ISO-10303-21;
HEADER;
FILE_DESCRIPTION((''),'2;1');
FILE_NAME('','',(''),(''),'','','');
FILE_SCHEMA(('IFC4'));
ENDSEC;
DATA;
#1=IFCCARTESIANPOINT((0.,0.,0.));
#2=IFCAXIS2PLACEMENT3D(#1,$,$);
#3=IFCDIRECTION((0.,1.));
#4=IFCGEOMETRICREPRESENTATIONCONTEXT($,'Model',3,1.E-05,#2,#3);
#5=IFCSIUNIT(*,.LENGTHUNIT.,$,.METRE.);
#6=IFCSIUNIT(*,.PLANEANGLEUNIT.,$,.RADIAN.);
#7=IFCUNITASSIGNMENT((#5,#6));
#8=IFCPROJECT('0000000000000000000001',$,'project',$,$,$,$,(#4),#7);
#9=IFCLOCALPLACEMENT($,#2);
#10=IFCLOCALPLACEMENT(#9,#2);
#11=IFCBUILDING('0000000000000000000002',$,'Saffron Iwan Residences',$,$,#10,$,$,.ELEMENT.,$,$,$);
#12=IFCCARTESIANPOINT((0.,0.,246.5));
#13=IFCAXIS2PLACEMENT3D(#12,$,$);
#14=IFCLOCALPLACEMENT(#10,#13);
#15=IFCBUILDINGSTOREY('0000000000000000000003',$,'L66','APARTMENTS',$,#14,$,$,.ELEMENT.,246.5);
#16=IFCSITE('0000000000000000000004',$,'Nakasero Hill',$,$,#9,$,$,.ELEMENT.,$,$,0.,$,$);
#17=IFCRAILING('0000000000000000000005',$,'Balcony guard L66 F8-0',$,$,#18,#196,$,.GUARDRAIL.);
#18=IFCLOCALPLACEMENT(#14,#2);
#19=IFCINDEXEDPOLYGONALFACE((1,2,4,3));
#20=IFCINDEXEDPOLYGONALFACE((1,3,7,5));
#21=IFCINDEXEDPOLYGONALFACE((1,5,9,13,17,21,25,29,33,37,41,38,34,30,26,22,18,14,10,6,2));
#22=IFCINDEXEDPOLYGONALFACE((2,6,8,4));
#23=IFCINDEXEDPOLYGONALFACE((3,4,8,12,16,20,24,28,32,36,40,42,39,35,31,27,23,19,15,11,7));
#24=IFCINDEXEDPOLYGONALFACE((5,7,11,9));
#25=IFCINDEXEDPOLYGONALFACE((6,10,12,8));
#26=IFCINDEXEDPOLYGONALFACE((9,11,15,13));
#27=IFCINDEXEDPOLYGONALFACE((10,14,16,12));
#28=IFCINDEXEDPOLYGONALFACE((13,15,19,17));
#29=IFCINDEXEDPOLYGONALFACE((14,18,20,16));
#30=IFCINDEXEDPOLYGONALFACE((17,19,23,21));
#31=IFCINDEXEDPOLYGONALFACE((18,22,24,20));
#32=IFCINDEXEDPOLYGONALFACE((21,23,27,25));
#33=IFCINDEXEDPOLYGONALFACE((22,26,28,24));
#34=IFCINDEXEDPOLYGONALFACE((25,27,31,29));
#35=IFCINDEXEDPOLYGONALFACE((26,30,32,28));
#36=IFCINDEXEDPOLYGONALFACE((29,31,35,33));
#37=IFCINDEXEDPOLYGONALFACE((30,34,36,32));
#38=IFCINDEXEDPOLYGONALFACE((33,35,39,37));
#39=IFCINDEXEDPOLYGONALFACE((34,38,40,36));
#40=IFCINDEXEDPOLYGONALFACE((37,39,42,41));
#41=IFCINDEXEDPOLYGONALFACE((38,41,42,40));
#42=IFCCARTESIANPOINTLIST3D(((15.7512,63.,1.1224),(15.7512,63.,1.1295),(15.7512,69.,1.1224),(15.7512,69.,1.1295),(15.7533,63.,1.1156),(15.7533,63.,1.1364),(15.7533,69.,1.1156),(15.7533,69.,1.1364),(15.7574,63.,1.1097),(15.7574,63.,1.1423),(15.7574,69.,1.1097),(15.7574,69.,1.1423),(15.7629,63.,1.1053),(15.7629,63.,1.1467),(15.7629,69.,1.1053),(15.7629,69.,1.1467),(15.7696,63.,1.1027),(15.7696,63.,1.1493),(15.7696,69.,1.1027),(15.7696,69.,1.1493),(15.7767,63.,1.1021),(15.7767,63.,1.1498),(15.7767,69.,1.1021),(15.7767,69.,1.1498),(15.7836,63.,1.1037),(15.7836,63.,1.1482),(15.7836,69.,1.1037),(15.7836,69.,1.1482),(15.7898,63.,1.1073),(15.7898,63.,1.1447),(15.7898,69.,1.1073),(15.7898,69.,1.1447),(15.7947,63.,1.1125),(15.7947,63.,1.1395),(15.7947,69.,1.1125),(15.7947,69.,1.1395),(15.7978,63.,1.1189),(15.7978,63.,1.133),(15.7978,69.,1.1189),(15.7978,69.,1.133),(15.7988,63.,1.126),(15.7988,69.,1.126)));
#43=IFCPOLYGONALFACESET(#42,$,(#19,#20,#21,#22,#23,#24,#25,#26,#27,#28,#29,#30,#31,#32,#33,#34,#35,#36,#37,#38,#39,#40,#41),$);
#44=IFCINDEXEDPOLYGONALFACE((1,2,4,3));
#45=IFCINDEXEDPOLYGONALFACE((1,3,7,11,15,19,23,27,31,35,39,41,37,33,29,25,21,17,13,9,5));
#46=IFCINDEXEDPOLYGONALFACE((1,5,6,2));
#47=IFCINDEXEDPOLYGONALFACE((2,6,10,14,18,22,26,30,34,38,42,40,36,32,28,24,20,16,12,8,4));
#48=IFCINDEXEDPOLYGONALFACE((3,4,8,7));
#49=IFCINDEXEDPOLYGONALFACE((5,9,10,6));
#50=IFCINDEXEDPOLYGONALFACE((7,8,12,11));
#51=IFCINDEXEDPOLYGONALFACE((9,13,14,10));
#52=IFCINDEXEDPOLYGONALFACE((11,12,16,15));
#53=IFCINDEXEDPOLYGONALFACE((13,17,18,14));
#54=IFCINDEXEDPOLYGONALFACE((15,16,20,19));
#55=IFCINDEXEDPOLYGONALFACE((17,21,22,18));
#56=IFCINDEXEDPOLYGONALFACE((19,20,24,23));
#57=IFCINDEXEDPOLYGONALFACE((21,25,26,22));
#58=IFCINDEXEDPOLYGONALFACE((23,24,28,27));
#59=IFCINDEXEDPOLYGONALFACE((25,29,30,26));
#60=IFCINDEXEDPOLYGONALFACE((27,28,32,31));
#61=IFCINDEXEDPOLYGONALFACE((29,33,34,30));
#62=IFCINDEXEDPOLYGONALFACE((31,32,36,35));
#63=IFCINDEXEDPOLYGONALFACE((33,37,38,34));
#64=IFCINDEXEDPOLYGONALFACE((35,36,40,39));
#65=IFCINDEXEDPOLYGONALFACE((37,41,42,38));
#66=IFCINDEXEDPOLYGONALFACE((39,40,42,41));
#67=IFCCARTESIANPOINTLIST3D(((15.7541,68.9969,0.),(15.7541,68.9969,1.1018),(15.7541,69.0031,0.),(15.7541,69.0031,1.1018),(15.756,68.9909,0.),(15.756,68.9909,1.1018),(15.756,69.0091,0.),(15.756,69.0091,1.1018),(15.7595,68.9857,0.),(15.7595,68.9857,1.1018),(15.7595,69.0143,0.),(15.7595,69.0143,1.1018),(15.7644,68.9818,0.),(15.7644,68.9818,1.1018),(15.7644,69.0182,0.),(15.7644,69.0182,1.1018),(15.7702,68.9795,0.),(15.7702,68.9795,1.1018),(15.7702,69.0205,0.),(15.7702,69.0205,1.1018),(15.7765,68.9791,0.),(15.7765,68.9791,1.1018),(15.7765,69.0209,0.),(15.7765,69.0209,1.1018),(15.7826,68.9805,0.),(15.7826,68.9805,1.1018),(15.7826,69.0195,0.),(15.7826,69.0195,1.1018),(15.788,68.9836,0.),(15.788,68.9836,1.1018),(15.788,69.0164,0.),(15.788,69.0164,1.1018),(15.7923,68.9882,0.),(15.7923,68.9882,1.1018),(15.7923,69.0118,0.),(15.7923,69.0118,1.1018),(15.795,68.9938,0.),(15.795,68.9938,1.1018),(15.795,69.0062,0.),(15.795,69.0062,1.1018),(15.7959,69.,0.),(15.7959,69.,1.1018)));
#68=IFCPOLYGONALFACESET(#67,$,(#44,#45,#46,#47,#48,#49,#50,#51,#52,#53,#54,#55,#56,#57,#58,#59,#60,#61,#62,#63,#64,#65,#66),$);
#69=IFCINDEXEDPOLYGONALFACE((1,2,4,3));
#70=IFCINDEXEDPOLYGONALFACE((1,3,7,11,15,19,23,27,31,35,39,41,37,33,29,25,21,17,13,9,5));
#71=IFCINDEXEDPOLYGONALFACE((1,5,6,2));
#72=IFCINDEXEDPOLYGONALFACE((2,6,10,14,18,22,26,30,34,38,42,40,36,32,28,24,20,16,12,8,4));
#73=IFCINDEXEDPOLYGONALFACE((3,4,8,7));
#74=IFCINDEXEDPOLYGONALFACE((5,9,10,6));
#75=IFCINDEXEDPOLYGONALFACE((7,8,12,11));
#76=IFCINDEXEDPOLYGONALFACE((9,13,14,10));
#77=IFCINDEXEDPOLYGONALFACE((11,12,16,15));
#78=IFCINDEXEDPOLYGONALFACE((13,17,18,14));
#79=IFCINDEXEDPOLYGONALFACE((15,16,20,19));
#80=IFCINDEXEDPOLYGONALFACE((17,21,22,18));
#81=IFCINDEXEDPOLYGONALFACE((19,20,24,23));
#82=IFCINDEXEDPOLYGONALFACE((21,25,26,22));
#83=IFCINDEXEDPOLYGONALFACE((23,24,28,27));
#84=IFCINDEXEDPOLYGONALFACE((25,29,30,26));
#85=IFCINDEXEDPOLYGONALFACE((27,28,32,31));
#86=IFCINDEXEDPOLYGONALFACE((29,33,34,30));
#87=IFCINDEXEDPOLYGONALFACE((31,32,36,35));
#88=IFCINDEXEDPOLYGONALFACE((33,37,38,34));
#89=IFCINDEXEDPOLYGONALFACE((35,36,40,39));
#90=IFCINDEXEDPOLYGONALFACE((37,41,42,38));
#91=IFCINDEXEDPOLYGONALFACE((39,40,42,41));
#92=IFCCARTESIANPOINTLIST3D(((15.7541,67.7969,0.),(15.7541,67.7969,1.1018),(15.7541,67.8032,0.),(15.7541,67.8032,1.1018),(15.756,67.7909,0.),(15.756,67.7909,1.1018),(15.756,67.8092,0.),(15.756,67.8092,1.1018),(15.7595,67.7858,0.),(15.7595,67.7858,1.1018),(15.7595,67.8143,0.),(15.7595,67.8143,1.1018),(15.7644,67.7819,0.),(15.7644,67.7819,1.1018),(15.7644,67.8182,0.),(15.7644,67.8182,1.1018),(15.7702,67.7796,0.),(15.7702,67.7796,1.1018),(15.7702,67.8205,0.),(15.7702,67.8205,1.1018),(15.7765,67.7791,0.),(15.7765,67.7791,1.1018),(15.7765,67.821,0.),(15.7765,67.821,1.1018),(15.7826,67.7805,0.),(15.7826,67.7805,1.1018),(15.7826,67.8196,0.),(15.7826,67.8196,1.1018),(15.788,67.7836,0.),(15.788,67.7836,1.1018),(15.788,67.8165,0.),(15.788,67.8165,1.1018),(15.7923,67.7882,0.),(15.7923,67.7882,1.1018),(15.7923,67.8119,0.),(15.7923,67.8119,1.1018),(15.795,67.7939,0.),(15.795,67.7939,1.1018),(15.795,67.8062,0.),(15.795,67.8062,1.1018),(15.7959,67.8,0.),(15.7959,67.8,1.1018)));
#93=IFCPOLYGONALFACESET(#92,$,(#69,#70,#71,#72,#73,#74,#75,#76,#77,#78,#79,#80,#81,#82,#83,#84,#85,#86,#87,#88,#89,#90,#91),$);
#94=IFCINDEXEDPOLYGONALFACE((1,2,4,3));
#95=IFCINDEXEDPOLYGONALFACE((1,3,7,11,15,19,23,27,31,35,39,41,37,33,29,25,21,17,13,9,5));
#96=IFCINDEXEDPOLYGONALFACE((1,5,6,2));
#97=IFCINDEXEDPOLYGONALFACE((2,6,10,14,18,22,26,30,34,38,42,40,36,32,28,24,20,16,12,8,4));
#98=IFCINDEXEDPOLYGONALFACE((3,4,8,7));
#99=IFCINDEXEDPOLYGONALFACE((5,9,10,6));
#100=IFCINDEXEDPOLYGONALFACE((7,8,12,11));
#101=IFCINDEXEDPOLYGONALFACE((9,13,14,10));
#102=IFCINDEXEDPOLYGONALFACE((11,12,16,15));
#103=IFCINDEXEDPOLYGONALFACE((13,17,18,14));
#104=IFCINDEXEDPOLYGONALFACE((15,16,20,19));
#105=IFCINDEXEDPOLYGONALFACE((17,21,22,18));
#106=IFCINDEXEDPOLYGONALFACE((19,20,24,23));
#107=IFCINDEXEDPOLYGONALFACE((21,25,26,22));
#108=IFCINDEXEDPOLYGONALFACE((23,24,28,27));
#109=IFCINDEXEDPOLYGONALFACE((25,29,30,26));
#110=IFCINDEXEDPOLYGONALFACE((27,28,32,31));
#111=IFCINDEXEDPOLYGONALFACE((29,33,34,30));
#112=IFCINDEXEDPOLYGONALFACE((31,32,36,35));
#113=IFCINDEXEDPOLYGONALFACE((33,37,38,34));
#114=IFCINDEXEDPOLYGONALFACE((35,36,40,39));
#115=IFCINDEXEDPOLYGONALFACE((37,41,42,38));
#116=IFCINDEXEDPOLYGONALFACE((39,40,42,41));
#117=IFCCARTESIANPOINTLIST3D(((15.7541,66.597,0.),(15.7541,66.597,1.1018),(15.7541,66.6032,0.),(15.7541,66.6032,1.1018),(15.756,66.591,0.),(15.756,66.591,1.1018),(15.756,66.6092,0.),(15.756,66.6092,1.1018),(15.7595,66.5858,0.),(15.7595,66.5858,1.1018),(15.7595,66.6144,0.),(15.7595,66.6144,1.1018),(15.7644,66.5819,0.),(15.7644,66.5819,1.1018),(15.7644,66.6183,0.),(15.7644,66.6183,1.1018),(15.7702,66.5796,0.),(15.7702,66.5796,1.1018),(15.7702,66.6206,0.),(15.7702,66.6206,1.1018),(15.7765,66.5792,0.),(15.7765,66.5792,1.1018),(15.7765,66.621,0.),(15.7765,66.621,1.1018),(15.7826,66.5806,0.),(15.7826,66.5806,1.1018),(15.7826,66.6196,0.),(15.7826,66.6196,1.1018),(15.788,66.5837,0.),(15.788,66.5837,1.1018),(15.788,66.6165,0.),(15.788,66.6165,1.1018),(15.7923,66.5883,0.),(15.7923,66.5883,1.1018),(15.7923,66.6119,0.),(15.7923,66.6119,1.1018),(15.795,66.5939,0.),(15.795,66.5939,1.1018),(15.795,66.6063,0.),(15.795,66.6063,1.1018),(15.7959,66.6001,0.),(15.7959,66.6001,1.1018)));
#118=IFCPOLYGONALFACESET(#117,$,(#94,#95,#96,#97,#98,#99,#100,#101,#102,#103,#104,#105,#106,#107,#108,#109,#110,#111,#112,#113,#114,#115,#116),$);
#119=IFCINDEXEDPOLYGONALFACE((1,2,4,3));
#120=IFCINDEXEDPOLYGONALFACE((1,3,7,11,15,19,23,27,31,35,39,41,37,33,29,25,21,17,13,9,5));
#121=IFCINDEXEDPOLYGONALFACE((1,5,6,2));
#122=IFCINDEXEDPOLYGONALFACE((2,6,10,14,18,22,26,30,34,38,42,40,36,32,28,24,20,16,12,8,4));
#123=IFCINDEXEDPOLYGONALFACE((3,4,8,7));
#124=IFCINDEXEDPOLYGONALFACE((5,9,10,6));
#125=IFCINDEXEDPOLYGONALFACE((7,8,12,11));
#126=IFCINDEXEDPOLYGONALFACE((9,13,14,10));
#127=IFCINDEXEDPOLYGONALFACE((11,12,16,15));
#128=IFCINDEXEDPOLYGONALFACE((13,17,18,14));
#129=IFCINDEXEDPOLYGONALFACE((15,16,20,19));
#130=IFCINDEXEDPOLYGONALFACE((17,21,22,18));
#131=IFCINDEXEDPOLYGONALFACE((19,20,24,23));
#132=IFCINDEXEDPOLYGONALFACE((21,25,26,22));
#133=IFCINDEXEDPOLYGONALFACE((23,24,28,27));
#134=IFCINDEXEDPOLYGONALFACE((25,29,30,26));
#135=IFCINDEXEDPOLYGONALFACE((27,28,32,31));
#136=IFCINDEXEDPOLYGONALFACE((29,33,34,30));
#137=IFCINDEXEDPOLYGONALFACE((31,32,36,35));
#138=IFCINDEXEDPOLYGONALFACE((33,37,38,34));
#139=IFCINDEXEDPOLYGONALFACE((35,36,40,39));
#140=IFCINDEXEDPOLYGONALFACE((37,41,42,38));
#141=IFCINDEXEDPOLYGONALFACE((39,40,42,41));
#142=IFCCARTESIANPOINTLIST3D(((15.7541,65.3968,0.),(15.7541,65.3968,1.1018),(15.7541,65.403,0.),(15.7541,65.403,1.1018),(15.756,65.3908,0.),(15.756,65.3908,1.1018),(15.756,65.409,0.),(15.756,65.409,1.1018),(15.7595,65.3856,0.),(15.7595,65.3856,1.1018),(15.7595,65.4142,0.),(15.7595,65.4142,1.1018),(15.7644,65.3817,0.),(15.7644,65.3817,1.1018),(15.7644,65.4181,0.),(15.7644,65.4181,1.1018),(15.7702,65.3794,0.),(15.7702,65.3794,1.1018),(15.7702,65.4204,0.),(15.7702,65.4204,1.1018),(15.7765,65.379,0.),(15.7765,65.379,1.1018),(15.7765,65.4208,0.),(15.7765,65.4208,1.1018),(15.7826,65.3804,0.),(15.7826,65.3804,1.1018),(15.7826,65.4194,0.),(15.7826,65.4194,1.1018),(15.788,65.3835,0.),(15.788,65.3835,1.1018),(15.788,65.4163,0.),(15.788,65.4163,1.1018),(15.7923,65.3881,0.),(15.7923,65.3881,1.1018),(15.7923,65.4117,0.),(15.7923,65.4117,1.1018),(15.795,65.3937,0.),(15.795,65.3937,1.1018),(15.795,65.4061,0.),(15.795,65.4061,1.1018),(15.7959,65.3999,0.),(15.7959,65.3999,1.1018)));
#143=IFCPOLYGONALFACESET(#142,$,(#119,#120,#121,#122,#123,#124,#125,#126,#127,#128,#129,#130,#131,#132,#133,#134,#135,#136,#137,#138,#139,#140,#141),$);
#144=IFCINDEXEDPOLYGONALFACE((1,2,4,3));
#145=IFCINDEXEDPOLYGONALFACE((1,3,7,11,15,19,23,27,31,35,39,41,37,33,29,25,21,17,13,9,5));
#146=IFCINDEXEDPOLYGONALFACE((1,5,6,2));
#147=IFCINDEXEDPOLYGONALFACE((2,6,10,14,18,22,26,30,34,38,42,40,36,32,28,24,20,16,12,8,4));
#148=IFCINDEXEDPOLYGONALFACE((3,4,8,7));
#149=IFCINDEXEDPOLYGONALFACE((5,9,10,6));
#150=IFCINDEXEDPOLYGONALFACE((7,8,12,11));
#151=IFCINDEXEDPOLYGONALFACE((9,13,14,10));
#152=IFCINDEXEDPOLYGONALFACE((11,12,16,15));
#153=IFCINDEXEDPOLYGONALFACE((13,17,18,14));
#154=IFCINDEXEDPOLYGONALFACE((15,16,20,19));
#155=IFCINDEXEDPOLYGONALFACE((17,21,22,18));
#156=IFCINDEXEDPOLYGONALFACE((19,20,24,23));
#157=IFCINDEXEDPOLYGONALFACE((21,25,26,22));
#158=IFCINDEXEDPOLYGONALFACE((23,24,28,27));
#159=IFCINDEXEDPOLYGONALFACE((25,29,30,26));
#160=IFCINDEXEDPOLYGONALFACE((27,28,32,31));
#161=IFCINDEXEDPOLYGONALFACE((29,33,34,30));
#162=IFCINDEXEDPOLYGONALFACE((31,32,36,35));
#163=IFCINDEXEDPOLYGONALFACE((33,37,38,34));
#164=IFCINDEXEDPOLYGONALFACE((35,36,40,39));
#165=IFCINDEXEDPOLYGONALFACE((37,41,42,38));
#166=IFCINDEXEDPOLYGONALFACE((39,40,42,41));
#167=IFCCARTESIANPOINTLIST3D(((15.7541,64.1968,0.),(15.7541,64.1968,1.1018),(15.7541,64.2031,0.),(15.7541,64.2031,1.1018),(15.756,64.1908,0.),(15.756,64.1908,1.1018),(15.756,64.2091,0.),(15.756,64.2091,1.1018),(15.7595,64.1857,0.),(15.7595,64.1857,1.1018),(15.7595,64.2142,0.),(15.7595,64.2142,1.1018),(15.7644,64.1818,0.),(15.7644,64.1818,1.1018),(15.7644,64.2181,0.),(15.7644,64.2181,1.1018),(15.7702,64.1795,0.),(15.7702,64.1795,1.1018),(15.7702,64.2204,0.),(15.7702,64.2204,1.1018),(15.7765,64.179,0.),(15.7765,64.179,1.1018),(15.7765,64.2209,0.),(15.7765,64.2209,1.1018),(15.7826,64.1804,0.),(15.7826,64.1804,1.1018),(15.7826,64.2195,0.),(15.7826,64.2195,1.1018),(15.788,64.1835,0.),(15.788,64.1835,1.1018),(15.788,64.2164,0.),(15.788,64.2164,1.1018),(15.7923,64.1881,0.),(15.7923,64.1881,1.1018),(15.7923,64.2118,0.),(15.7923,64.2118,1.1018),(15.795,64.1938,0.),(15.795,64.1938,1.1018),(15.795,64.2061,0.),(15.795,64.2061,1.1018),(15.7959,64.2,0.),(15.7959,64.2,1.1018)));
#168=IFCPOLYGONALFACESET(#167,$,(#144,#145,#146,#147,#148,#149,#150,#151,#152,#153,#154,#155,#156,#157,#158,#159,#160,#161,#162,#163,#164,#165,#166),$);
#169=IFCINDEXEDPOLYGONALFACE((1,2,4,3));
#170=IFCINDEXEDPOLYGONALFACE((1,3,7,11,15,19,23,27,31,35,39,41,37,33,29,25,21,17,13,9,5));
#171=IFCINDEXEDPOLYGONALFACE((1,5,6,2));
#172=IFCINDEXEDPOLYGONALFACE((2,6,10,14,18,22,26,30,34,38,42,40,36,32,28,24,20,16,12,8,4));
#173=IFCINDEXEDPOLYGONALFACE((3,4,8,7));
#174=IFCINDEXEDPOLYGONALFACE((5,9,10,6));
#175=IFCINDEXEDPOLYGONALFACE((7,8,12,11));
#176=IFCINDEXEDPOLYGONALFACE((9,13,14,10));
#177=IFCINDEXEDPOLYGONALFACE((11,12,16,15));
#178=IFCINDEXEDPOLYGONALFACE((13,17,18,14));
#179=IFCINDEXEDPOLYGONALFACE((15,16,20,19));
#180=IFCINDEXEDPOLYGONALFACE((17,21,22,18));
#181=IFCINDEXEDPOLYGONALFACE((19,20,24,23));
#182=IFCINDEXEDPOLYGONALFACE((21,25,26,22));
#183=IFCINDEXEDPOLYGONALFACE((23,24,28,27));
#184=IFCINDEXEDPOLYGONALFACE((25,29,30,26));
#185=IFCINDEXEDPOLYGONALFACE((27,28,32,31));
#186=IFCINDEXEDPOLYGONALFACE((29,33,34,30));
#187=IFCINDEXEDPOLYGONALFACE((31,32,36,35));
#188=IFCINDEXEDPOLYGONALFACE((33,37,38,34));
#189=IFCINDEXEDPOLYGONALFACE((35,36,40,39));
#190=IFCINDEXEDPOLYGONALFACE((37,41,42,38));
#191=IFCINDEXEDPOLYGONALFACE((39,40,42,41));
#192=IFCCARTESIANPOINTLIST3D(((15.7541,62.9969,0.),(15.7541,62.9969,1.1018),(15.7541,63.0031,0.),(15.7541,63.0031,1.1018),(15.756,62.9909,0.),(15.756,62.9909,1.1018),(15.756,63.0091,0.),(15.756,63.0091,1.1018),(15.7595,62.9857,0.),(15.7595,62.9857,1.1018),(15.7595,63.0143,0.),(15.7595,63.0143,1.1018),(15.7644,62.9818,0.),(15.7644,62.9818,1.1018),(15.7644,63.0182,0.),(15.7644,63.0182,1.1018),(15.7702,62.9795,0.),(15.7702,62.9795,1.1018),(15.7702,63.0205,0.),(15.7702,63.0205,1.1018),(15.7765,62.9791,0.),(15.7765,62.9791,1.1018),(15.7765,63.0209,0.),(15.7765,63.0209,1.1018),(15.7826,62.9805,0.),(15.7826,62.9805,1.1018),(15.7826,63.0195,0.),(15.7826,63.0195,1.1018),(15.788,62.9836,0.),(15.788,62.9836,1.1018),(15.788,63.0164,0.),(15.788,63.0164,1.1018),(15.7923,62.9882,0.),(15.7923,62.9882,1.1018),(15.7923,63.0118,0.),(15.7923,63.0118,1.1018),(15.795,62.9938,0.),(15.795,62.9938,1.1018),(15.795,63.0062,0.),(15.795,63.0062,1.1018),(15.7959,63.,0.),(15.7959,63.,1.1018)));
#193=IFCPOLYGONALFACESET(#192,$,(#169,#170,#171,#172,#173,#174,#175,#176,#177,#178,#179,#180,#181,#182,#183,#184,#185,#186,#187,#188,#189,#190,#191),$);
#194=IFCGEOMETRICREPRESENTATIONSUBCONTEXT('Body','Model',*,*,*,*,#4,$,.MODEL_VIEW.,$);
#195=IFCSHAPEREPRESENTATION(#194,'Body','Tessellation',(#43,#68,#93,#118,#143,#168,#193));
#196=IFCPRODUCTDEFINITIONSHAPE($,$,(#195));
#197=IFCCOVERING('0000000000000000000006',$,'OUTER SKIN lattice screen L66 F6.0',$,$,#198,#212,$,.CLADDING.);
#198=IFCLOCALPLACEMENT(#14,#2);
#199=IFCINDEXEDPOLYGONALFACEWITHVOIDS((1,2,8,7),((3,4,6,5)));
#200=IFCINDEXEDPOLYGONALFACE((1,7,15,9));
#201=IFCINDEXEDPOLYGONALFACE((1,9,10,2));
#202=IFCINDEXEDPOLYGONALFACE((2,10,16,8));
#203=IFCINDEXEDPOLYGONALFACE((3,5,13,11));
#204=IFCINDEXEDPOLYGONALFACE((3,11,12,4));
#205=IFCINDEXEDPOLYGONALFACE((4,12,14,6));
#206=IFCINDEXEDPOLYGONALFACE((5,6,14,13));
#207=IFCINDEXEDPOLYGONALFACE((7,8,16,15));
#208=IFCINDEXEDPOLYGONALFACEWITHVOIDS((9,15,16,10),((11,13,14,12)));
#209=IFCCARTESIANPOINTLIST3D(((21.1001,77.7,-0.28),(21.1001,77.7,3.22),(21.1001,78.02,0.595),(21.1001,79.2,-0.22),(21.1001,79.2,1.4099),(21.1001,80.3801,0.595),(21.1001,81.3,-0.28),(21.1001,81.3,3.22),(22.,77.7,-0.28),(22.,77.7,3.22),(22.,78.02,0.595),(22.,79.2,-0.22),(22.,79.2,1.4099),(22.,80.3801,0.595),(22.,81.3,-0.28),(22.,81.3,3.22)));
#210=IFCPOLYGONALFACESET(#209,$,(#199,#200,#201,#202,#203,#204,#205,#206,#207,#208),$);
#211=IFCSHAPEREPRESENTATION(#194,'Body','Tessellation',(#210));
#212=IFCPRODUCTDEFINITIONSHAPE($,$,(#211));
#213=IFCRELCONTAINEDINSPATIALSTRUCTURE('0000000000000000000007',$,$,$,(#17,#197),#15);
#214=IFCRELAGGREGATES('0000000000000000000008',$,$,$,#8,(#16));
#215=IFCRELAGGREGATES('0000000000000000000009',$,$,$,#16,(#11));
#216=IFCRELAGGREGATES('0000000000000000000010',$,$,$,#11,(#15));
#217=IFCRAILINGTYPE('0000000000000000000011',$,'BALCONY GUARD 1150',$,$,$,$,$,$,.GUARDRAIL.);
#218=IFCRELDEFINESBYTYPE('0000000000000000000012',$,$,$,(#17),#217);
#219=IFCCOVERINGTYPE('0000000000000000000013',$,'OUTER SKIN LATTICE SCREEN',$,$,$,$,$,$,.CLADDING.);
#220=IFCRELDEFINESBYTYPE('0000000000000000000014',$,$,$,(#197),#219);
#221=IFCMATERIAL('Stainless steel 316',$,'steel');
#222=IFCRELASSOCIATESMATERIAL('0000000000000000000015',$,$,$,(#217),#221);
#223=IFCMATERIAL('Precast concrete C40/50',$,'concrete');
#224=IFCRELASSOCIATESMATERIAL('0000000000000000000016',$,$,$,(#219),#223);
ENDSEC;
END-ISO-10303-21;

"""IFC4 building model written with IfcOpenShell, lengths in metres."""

from ifc_helpers import new_model, si_unit, direction, frame, origin, origin_2d, place, context, subcontext, project, spatial, polyline, circle, outline, extrude, material, type_object, element, save


model = new_model("IFC4")

# Units and contexts
model_context = context("Model", 3, precision=1e-05, world=origin(), true_north=direction((0.0, 1.0)))
body_context = subcontext(model_context, "Body", "Model", "MODEL_VIEW")
ifc_project = project(units=[si_unit("LENGTHUNIT", "METRE"), si_unit("PLANEANGLEUNIT", "RADIAN")], contexts=[model_context])

# Site, building, storey
site_placement = place(None, origin())
site = spatial("IfcSite", under=ifc_project, at=site_placement, Name="Nakasero Hill", CompositionType="ELEMENT", RefElevation=0.0)
building_placement = place(site_placement, origin())
building = spatial("IfcBuilding", under=site, at=building_placement, Name="Saffron Iwan Residences", CompositionType="ELEMENT")
storey_placement = place(building_placement, frame((0.0, 0.0, 246.5)))
storey = spatial("IfcBuildingStorey", under=building, at=storey_placement, Name="L66", Description="APARTMENTS", CompositionType="ELEMENT", Elevation=246.5)

# Railing
ifc_material_1 = material(Name="Stainless steel 316", Category="steel")
railing_type = type_object("IfcRailingType", Name="BALCONY GUARD 1150", PredefinedType="GUARDRAIL", material=ifc_material_1)
railing_placement = place(storey_placement, frame((15.7749, 69.0, 0.0)))
element("IfcRailing", 1, at=railing_placement, inside=storey, type_object=railing_type, Name="Balcony guard L66 F8-0", PredefinedType="GUARDRAIL", context=body_context, shape_type="SweptSolid", body=[
    extrude(circle(Radius=0.0239, at=origin_2d()), frame((0.0, 0.0, 1.126), z_axis=(0.0, -1.0, 0.0), x_axis=(1.0, 0.0, 0.0)), (0.0, 0.0, 1.0), 6.0),
    extrude(circle(Radius=0.021, at=origin_2d()), origin(), (0.0, 0.0, 1.0), 1.1018),
    extrude(circle(Radius=0.021, at=origin_2d()), frame((0.0, -1.2, 0.0)), (0.0, 0.0, 1.0), 1.1018),
    extrude(circle(Radius=0.021, at=origin_2d()), frame((0.0, -2.3999, 0.0)), (0.0, 0.0, 1.0), 1.1018),
    extrude(circle(Radius=0.021, at=origin_2d()), frame((0.0, -3.6001, 0.0)), (0.0, 0.0, 1.0), 1.1018),
    extrude(circle(Radius=0.021, at=origin_2d()), frame((0.0, -4.8, 0.0)), (0.0, 0.0, 1.0), 1.1018),
    extrude(circle(Radius=0.021, at=origin_2d()), frame((0.0, -6.0, 0.0)), (0.0, 0.0, 1.0), 1.1018),
])

# Covering
ifc_material_2 = material(Name="Precast concrete C40/50", Category="concrete")
covering_type_1 = type_object("IfcCoveringType", Name="OUTER SKIN LATTICE SCREEN", PredefinedType="CLADDING", material=ifc_material_2)
covering_1_placement = place(storey_placement, frame((22.0, 81.3, -0.28), z_axis=(-1.0, 0.0, 0.0), x_axis=(0.0, -1.0, 0.0)))
element("IfcCovering", 2, at=covering_1_placement, inside=storey, type_object=covering_type_1, Name="OUTER SKIN lattice screen L66 F6.0", PredefinedType="CLADDING", context=body_context, shape_type="SweptSolid", body=[
    extrude(outline(polyline([(0.0, 0.0), (3.6001, 0.0), (3.6001, 3.5), (0.0, 3.5), (0.0, 0.0)]), holes=[polyline([(0.9199, 0.875), (2.1001, 0.0601), (3.28, 0.875), (2.1001, 1.6899), (0.9199, 0.875)])]), origin(), (0.0, 0.0, 1.0), 0.8999),
])

save(model, "model.ifc")
